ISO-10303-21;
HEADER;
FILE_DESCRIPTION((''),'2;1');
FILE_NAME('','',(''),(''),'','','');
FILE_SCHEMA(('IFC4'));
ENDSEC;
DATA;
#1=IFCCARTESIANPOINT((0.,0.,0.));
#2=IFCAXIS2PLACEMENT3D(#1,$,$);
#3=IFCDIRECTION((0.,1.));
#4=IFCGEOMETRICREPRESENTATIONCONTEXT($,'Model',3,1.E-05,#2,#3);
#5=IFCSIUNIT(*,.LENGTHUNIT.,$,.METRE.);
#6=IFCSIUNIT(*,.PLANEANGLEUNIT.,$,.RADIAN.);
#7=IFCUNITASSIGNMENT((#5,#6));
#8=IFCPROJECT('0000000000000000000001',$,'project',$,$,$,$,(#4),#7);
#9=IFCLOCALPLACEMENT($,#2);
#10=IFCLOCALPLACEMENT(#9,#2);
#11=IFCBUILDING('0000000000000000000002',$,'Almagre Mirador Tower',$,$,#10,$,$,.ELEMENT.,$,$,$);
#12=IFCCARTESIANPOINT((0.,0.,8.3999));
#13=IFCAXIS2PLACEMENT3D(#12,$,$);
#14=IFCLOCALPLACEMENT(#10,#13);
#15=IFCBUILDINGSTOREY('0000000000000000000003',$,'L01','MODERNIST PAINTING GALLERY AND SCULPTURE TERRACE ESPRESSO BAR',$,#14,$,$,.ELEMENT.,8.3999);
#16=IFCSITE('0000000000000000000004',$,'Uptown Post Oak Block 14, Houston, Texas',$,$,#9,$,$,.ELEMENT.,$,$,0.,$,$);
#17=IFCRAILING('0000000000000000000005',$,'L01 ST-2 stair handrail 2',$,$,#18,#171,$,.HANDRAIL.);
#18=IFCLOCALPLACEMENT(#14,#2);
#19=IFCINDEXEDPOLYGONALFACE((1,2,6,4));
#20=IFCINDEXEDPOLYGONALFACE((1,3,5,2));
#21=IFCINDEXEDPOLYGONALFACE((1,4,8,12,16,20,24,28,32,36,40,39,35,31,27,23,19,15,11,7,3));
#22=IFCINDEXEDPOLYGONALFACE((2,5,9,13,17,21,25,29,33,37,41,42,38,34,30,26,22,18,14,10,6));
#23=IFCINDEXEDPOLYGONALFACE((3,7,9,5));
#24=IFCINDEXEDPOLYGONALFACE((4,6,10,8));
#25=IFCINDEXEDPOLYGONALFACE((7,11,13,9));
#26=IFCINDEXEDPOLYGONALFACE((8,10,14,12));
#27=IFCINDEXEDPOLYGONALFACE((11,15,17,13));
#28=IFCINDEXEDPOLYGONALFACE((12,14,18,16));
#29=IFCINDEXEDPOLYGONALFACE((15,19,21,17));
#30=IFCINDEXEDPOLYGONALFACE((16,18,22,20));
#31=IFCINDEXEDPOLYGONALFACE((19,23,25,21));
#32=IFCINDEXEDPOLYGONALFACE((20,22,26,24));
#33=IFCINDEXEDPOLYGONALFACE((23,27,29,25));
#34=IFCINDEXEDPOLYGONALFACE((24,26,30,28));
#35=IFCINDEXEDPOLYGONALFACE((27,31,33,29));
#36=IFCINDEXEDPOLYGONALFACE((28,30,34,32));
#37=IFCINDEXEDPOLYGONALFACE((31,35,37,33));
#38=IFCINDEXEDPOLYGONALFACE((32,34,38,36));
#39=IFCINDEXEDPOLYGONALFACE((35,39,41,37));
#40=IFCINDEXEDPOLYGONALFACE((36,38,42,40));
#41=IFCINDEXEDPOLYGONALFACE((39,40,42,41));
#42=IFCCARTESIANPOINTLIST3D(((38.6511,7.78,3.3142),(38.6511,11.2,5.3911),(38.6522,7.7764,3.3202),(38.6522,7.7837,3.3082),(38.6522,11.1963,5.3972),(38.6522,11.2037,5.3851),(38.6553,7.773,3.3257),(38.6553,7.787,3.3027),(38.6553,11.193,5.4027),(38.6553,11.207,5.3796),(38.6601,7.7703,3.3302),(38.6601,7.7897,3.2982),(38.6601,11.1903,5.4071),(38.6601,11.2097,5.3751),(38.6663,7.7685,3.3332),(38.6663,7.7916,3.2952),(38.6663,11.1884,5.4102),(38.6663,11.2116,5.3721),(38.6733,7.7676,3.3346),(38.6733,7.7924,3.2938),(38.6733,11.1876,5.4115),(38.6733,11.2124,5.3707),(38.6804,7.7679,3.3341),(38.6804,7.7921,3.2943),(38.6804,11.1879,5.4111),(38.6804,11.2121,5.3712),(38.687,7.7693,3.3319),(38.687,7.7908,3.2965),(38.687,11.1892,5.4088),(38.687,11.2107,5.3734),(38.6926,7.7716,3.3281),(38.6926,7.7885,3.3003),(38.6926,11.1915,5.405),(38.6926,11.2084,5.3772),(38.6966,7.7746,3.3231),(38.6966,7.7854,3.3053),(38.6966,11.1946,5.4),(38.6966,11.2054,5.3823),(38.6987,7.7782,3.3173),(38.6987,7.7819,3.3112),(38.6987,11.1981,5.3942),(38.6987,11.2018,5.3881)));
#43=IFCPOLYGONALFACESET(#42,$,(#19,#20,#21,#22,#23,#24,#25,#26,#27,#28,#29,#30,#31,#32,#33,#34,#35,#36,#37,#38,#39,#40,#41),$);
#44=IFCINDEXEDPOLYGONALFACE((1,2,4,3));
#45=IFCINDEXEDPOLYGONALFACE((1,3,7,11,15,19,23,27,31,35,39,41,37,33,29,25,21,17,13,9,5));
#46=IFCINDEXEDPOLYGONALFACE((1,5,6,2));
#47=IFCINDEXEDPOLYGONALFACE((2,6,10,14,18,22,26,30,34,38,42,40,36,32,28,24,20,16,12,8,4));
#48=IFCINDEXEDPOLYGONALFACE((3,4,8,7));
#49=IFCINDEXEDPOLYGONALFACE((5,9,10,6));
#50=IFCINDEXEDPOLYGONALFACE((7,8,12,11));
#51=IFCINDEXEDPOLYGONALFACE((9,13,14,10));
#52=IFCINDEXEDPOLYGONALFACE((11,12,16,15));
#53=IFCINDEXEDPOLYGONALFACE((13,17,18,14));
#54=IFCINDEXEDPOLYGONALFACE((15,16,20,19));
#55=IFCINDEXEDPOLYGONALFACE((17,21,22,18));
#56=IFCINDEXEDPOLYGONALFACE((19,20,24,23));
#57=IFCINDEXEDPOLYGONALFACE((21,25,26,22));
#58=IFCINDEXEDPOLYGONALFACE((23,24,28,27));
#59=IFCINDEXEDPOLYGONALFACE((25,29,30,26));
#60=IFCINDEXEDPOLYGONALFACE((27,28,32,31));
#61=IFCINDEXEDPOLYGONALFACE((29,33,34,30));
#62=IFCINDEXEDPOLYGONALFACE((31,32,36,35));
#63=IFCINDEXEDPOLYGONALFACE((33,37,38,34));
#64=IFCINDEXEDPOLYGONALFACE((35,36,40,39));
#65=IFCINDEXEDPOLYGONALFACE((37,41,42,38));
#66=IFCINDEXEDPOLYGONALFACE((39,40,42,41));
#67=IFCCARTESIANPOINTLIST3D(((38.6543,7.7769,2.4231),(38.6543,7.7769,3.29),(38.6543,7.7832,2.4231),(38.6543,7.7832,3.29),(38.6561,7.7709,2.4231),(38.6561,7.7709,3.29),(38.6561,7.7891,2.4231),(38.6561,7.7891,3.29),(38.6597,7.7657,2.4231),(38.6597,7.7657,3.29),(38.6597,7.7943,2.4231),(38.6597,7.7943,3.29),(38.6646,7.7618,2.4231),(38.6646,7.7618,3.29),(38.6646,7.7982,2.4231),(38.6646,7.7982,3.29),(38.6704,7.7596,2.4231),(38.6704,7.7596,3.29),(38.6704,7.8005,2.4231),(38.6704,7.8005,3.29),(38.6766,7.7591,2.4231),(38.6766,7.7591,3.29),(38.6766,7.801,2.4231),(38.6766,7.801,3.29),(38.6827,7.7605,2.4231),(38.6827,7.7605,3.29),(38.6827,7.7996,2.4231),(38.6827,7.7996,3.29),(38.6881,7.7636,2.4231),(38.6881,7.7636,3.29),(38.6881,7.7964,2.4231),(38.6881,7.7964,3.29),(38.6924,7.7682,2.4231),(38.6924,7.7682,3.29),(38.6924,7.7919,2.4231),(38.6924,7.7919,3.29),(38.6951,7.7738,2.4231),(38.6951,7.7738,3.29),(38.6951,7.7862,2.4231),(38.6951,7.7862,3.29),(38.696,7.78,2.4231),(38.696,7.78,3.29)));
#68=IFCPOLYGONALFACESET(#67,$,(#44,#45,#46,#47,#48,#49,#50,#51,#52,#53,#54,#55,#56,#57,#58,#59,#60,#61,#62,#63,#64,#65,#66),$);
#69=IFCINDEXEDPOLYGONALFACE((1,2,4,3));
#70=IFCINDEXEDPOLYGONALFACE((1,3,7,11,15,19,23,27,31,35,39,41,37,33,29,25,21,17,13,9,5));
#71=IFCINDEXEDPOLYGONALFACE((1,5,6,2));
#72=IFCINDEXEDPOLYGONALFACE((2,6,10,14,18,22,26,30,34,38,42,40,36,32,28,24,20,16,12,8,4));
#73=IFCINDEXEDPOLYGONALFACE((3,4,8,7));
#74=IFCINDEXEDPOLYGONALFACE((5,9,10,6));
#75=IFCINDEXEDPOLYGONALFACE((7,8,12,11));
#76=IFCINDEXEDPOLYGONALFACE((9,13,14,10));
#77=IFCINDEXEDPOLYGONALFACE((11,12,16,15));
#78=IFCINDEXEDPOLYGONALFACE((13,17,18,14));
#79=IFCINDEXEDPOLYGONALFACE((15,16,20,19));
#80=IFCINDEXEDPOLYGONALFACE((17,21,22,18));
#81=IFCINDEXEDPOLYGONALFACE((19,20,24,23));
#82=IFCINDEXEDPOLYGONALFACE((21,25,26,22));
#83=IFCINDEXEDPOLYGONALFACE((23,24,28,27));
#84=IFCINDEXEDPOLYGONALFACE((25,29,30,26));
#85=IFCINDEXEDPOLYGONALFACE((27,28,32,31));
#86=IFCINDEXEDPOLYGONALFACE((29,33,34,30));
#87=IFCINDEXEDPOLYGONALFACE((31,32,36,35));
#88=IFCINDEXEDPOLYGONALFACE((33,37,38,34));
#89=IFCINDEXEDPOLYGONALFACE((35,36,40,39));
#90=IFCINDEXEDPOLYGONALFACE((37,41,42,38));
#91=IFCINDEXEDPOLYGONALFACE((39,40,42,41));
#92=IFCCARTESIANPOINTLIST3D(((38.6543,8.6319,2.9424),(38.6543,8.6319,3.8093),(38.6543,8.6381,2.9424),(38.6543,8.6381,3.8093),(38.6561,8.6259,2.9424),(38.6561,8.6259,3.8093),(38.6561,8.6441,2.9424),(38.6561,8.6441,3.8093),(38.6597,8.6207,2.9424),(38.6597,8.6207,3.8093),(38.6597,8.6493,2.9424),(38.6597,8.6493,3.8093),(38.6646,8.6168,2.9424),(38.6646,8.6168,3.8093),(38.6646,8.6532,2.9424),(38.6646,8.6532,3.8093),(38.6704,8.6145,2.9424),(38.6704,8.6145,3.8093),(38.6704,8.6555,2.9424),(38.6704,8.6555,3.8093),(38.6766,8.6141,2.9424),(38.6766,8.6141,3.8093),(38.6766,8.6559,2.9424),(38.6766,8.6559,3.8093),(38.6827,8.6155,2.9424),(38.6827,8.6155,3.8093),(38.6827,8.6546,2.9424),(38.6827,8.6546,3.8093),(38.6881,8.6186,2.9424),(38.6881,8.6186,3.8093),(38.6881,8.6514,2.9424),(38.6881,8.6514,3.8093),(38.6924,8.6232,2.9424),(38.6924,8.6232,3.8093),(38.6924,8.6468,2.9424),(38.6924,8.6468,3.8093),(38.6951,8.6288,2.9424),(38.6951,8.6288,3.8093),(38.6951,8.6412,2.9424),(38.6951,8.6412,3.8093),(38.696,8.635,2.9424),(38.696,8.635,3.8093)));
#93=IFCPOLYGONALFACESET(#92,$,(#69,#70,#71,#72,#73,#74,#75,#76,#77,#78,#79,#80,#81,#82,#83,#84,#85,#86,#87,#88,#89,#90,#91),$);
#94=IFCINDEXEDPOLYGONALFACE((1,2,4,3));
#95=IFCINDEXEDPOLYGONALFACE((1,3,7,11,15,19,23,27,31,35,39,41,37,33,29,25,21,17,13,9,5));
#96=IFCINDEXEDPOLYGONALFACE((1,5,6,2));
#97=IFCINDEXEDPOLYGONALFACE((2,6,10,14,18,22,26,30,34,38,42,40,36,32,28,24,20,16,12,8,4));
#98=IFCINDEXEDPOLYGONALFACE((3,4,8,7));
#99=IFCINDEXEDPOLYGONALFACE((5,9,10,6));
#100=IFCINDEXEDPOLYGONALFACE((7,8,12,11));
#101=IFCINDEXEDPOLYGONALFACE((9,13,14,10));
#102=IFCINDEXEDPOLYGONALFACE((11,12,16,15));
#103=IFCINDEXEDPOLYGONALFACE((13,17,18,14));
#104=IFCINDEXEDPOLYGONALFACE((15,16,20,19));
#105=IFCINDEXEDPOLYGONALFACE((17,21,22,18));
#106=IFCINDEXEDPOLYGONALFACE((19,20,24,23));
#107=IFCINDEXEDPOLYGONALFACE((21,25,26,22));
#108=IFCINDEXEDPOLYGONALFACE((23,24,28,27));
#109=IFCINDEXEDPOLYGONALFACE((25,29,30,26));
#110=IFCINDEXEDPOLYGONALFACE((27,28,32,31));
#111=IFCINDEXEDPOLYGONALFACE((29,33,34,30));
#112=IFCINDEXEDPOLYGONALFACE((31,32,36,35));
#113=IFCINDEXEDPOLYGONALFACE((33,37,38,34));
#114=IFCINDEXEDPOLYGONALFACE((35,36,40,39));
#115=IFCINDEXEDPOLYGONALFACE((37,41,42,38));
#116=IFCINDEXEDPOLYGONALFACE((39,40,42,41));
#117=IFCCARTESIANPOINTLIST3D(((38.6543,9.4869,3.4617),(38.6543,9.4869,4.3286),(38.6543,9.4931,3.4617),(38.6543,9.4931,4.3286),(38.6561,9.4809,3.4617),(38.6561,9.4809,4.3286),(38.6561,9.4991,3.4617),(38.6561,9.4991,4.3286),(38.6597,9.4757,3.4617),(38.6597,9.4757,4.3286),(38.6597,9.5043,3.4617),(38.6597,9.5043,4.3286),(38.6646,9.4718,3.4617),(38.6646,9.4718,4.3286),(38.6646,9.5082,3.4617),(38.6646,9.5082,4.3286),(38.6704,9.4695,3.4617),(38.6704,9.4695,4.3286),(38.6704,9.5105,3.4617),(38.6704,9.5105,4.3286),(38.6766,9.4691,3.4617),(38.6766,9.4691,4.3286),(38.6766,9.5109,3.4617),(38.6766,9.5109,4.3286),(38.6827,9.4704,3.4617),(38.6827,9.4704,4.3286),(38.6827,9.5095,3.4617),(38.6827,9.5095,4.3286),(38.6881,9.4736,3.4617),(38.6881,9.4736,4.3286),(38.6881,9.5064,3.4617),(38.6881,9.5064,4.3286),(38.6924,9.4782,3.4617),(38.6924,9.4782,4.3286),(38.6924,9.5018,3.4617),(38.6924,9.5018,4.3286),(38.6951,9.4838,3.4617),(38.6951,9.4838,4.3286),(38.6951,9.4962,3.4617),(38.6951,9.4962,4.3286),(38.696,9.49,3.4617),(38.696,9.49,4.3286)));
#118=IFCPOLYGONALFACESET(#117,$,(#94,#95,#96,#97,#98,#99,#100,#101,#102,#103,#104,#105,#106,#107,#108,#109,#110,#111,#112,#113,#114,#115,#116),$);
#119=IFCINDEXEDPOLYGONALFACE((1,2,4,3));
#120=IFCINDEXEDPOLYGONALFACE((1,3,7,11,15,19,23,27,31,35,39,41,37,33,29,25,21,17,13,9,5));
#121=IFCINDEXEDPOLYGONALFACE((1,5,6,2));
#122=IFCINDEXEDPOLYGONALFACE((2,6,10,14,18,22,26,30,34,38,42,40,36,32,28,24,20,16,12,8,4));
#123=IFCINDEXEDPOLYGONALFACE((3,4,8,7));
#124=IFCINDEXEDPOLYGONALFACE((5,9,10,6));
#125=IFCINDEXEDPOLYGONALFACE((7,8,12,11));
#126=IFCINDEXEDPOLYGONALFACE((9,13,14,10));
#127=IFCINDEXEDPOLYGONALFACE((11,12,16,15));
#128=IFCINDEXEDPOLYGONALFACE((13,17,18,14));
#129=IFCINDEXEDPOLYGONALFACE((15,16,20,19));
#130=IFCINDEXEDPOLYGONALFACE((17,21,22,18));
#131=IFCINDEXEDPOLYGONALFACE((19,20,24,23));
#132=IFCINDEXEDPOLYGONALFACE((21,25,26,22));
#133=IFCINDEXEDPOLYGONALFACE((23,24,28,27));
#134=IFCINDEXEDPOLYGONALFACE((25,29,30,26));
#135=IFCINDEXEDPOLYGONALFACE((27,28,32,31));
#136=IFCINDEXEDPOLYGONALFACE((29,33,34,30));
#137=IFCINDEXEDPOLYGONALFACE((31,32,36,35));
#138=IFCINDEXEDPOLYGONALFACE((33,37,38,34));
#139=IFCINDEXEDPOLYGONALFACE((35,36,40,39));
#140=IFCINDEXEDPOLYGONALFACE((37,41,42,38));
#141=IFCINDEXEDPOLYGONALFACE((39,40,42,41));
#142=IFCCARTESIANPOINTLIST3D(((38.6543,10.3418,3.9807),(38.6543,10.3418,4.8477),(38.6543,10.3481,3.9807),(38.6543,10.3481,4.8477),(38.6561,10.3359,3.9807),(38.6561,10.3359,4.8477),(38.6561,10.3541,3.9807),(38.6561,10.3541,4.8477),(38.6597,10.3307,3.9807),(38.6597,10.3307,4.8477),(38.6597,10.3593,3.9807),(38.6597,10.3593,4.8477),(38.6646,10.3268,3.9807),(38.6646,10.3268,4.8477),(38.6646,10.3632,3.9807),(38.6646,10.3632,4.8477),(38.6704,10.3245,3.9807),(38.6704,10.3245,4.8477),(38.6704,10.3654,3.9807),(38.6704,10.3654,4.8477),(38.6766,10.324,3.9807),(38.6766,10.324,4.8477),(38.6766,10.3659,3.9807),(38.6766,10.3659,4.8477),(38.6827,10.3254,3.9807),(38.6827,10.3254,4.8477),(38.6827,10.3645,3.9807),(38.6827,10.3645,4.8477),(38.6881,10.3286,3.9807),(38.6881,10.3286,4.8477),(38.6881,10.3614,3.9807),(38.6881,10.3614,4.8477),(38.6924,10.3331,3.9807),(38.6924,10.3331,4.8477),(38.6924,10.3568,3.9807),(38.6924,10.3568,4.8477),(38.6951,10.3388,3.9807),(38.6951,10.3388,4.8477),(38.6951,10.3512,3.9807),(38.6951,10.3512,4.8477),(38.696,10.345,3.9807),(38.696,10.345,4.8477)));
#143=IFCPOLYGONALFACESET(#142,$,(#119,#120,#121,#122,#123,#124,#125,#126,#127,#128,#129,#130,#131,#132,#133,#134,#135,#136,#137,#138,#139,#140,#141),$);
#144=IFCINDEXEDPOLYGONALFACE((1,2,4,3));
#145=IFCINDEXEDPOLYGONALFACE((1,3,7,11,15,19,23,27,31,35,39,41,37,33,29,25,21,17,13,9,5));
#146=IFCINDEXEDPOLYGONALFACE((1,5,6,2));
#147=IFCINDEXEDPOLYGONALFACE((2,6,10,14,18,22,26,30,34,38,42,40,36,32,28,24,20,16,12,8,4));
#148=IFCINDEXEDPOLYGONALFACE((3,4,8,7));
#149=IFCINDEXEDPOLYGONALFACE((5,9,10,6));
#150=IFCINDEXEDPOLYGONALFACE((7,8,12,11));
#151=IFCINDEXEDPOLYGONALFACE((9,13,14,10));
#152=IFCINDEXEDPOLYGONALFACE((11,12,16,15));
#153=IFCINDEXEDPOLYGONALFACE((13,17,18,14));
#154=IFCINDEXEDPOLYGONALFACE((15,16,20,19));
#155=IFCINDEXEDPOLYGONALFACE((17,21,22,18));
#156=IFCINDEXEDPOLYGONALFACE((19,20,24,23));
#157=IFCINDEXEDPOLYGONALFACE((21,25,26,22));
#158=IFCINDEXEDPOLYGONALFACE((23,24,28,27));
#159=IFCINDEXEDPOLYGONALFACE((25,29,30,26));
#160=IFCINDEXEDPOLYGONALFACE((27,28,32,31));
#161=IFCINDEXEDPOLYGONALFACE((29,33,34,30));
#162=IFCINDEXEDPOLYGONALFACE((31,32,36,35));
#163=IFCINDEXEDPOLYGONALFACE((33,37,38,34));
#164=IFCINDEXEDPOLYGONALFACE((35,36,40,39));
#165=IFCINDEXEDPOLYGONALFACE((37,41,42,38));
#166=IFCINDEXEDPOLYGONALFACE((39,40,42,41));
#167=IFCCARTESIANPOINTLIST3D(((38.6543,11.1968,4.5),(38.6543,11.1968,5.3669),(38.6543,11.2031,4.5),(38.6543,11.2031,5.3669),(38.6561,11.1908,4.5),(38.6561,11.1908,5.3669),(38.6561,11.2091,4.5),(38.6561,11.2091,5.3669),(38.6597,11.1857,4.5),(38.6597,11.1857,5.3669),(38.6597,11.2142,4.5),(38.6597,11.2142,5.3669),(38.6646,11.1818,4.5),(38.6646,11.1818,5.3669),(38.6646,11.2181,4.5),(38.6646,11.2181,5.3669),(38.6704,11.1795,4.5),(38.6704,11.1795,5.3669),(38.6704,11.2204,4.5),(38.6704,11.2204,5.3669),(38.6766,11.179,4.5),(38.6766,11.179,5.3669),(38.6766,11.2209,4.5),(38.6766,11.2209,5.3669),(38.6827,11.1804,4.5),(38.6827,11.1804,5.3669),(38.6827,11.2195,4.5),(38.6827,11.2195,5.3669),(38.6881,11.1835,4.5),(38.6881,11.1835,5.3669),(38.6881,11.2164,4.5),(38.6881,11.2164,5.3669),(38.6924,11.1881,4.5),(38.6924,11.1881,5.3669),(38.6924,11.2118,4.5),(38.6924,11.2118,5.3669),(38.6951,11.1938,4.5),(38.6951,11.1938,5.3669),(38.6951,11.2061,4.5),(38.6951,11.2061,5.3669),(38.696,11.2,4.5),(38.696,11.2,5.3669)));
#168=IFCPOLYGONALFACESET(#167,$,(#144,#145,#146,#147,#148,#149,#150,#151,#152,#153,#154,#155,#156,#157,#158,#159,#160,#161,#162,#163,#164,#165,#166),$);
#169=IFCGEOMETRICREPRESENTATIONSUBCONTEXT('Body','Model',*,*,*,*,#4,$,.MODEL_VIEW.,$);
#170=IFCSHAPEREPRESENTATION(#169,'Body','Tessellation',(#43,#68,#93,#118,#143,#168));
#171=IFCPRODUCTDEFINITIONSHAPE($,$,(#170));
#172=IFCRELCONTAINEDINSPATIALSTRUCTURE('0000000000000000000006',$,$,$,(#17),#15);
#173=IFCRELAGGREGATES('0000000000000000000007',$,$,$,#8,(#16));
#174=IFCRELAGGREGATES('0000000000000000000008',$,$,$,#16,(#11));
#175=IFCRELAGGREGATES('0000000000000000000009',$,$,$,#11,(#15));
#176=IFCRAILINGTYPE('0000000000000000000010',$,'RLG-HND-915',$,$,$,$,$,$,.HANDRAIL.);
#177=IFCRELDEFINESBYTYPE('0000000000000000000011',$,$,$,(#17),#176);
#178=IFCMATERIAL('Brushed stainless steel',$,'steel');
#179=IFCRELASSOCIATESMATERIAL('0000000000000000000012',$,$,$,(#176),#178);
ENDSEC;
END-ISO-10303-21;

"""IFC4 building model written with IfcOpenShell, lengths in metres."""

from ifc_helpers import new_model, si_unit, direction, frame, origin, origin_2d, place, context, subcontext, project, spatial, circle, extrude, material, type_object, element, save


model = new_model("IFC4")

# Units and contexts
model_context = context("Model", 3, precision=1e-05, world=origin(), true_north=direction((0.0, 1.0)))
body_context = subcontext(model_context, "Body", "Model", "MODEL_VIEW")
ifc_project = project(units=[si_unit("LENGTHUNIT", "METRE"), si_unit("PLANEANGLEUNIT", "RADIAN")], contexts=[model_context])

# Site, building, storey
site_placement = place(None, origin())
site = spatial("IfcSite", under=ifc_project, at=site_placement, Name="Uptown Post Oak Block 14, Houston, Texas", CompositionType="ELEMENT", RefElevation=0.0)
building_placement = place(site_placement, origin())
building = spatial("IfcBuilding", under=site, at=building_placement, Name="Almagre Mirador Tower", CompositionType="ELEMENT")
storey_placement = place(building_placement, frame((0.0, 0.0, 8.3999)))
storey = spatial("IfcBuildingStorey", under=building, at=storey_placement, Name="L01", Description="MODERNIST PAINTING GALLERY AND SCULPTURE TERRACE ESPRESSO BAR", CompositionType="ELEMENT", Elevation=8.3999)

# Railing
ifc_material_1 = material(Name="Brushed stainless steel", Category="steel")
railing_type_1 = type_object("IfcRailingType", Name="RLG-HND-915", PredefinedType="HANDRAIL", material=ifc_material_1)
railing_1_placement = place(storey_placement, frame((38.675, 7.78, 2.4231)))
element("IfcRailing", 1, at=railing_1_placement, inside=storey, type_object=railing_type_1, Name="L01 ST-2 stair handrail 2", PredefinedType="HANDRAIL", context=body_context, shape_type="SweptSolid", body=[
    extrude(circle(Radius=0.0239, at=origin_2d()), frame((0.0, 0.0, 0.8911), z_axis=(0.0, 0.85473, 0.519074), x_axis=(-1.0, 0.0, 0.0)), (0.0, 0.0, 1.0), 4.0012),
    extrude(circle(Radius=0.021, at=origin_2d()), origin(), (0.0, 0.0, 1.0), 0.8669),
    extrude(circle(Radius=0.021, at=origin_2d()), frame((0.0, 0.855, 0.5193)), (0.0, 0.0, 1.0), 0.8669),
    extrude(circle(Radius=0.021, at=origin_2d()), frame((0.0, 1.71, 1.0386)), (0.0, 0.0, 1.0), 0.8669),
    extrude(circle(Radius=0.021, at=origin_2d()), frame((0.0, 2.5649, 1.5576)), (0.0, 0.0, 1.0), 0.8669),
    extrude(circle(Radius=0.021, at=origin_2d()), frame((0.0, 3.4199, 2.0769)), (0.0, 0.0, 1.0), 0.8669),
])

save(model, "model.ifc")
